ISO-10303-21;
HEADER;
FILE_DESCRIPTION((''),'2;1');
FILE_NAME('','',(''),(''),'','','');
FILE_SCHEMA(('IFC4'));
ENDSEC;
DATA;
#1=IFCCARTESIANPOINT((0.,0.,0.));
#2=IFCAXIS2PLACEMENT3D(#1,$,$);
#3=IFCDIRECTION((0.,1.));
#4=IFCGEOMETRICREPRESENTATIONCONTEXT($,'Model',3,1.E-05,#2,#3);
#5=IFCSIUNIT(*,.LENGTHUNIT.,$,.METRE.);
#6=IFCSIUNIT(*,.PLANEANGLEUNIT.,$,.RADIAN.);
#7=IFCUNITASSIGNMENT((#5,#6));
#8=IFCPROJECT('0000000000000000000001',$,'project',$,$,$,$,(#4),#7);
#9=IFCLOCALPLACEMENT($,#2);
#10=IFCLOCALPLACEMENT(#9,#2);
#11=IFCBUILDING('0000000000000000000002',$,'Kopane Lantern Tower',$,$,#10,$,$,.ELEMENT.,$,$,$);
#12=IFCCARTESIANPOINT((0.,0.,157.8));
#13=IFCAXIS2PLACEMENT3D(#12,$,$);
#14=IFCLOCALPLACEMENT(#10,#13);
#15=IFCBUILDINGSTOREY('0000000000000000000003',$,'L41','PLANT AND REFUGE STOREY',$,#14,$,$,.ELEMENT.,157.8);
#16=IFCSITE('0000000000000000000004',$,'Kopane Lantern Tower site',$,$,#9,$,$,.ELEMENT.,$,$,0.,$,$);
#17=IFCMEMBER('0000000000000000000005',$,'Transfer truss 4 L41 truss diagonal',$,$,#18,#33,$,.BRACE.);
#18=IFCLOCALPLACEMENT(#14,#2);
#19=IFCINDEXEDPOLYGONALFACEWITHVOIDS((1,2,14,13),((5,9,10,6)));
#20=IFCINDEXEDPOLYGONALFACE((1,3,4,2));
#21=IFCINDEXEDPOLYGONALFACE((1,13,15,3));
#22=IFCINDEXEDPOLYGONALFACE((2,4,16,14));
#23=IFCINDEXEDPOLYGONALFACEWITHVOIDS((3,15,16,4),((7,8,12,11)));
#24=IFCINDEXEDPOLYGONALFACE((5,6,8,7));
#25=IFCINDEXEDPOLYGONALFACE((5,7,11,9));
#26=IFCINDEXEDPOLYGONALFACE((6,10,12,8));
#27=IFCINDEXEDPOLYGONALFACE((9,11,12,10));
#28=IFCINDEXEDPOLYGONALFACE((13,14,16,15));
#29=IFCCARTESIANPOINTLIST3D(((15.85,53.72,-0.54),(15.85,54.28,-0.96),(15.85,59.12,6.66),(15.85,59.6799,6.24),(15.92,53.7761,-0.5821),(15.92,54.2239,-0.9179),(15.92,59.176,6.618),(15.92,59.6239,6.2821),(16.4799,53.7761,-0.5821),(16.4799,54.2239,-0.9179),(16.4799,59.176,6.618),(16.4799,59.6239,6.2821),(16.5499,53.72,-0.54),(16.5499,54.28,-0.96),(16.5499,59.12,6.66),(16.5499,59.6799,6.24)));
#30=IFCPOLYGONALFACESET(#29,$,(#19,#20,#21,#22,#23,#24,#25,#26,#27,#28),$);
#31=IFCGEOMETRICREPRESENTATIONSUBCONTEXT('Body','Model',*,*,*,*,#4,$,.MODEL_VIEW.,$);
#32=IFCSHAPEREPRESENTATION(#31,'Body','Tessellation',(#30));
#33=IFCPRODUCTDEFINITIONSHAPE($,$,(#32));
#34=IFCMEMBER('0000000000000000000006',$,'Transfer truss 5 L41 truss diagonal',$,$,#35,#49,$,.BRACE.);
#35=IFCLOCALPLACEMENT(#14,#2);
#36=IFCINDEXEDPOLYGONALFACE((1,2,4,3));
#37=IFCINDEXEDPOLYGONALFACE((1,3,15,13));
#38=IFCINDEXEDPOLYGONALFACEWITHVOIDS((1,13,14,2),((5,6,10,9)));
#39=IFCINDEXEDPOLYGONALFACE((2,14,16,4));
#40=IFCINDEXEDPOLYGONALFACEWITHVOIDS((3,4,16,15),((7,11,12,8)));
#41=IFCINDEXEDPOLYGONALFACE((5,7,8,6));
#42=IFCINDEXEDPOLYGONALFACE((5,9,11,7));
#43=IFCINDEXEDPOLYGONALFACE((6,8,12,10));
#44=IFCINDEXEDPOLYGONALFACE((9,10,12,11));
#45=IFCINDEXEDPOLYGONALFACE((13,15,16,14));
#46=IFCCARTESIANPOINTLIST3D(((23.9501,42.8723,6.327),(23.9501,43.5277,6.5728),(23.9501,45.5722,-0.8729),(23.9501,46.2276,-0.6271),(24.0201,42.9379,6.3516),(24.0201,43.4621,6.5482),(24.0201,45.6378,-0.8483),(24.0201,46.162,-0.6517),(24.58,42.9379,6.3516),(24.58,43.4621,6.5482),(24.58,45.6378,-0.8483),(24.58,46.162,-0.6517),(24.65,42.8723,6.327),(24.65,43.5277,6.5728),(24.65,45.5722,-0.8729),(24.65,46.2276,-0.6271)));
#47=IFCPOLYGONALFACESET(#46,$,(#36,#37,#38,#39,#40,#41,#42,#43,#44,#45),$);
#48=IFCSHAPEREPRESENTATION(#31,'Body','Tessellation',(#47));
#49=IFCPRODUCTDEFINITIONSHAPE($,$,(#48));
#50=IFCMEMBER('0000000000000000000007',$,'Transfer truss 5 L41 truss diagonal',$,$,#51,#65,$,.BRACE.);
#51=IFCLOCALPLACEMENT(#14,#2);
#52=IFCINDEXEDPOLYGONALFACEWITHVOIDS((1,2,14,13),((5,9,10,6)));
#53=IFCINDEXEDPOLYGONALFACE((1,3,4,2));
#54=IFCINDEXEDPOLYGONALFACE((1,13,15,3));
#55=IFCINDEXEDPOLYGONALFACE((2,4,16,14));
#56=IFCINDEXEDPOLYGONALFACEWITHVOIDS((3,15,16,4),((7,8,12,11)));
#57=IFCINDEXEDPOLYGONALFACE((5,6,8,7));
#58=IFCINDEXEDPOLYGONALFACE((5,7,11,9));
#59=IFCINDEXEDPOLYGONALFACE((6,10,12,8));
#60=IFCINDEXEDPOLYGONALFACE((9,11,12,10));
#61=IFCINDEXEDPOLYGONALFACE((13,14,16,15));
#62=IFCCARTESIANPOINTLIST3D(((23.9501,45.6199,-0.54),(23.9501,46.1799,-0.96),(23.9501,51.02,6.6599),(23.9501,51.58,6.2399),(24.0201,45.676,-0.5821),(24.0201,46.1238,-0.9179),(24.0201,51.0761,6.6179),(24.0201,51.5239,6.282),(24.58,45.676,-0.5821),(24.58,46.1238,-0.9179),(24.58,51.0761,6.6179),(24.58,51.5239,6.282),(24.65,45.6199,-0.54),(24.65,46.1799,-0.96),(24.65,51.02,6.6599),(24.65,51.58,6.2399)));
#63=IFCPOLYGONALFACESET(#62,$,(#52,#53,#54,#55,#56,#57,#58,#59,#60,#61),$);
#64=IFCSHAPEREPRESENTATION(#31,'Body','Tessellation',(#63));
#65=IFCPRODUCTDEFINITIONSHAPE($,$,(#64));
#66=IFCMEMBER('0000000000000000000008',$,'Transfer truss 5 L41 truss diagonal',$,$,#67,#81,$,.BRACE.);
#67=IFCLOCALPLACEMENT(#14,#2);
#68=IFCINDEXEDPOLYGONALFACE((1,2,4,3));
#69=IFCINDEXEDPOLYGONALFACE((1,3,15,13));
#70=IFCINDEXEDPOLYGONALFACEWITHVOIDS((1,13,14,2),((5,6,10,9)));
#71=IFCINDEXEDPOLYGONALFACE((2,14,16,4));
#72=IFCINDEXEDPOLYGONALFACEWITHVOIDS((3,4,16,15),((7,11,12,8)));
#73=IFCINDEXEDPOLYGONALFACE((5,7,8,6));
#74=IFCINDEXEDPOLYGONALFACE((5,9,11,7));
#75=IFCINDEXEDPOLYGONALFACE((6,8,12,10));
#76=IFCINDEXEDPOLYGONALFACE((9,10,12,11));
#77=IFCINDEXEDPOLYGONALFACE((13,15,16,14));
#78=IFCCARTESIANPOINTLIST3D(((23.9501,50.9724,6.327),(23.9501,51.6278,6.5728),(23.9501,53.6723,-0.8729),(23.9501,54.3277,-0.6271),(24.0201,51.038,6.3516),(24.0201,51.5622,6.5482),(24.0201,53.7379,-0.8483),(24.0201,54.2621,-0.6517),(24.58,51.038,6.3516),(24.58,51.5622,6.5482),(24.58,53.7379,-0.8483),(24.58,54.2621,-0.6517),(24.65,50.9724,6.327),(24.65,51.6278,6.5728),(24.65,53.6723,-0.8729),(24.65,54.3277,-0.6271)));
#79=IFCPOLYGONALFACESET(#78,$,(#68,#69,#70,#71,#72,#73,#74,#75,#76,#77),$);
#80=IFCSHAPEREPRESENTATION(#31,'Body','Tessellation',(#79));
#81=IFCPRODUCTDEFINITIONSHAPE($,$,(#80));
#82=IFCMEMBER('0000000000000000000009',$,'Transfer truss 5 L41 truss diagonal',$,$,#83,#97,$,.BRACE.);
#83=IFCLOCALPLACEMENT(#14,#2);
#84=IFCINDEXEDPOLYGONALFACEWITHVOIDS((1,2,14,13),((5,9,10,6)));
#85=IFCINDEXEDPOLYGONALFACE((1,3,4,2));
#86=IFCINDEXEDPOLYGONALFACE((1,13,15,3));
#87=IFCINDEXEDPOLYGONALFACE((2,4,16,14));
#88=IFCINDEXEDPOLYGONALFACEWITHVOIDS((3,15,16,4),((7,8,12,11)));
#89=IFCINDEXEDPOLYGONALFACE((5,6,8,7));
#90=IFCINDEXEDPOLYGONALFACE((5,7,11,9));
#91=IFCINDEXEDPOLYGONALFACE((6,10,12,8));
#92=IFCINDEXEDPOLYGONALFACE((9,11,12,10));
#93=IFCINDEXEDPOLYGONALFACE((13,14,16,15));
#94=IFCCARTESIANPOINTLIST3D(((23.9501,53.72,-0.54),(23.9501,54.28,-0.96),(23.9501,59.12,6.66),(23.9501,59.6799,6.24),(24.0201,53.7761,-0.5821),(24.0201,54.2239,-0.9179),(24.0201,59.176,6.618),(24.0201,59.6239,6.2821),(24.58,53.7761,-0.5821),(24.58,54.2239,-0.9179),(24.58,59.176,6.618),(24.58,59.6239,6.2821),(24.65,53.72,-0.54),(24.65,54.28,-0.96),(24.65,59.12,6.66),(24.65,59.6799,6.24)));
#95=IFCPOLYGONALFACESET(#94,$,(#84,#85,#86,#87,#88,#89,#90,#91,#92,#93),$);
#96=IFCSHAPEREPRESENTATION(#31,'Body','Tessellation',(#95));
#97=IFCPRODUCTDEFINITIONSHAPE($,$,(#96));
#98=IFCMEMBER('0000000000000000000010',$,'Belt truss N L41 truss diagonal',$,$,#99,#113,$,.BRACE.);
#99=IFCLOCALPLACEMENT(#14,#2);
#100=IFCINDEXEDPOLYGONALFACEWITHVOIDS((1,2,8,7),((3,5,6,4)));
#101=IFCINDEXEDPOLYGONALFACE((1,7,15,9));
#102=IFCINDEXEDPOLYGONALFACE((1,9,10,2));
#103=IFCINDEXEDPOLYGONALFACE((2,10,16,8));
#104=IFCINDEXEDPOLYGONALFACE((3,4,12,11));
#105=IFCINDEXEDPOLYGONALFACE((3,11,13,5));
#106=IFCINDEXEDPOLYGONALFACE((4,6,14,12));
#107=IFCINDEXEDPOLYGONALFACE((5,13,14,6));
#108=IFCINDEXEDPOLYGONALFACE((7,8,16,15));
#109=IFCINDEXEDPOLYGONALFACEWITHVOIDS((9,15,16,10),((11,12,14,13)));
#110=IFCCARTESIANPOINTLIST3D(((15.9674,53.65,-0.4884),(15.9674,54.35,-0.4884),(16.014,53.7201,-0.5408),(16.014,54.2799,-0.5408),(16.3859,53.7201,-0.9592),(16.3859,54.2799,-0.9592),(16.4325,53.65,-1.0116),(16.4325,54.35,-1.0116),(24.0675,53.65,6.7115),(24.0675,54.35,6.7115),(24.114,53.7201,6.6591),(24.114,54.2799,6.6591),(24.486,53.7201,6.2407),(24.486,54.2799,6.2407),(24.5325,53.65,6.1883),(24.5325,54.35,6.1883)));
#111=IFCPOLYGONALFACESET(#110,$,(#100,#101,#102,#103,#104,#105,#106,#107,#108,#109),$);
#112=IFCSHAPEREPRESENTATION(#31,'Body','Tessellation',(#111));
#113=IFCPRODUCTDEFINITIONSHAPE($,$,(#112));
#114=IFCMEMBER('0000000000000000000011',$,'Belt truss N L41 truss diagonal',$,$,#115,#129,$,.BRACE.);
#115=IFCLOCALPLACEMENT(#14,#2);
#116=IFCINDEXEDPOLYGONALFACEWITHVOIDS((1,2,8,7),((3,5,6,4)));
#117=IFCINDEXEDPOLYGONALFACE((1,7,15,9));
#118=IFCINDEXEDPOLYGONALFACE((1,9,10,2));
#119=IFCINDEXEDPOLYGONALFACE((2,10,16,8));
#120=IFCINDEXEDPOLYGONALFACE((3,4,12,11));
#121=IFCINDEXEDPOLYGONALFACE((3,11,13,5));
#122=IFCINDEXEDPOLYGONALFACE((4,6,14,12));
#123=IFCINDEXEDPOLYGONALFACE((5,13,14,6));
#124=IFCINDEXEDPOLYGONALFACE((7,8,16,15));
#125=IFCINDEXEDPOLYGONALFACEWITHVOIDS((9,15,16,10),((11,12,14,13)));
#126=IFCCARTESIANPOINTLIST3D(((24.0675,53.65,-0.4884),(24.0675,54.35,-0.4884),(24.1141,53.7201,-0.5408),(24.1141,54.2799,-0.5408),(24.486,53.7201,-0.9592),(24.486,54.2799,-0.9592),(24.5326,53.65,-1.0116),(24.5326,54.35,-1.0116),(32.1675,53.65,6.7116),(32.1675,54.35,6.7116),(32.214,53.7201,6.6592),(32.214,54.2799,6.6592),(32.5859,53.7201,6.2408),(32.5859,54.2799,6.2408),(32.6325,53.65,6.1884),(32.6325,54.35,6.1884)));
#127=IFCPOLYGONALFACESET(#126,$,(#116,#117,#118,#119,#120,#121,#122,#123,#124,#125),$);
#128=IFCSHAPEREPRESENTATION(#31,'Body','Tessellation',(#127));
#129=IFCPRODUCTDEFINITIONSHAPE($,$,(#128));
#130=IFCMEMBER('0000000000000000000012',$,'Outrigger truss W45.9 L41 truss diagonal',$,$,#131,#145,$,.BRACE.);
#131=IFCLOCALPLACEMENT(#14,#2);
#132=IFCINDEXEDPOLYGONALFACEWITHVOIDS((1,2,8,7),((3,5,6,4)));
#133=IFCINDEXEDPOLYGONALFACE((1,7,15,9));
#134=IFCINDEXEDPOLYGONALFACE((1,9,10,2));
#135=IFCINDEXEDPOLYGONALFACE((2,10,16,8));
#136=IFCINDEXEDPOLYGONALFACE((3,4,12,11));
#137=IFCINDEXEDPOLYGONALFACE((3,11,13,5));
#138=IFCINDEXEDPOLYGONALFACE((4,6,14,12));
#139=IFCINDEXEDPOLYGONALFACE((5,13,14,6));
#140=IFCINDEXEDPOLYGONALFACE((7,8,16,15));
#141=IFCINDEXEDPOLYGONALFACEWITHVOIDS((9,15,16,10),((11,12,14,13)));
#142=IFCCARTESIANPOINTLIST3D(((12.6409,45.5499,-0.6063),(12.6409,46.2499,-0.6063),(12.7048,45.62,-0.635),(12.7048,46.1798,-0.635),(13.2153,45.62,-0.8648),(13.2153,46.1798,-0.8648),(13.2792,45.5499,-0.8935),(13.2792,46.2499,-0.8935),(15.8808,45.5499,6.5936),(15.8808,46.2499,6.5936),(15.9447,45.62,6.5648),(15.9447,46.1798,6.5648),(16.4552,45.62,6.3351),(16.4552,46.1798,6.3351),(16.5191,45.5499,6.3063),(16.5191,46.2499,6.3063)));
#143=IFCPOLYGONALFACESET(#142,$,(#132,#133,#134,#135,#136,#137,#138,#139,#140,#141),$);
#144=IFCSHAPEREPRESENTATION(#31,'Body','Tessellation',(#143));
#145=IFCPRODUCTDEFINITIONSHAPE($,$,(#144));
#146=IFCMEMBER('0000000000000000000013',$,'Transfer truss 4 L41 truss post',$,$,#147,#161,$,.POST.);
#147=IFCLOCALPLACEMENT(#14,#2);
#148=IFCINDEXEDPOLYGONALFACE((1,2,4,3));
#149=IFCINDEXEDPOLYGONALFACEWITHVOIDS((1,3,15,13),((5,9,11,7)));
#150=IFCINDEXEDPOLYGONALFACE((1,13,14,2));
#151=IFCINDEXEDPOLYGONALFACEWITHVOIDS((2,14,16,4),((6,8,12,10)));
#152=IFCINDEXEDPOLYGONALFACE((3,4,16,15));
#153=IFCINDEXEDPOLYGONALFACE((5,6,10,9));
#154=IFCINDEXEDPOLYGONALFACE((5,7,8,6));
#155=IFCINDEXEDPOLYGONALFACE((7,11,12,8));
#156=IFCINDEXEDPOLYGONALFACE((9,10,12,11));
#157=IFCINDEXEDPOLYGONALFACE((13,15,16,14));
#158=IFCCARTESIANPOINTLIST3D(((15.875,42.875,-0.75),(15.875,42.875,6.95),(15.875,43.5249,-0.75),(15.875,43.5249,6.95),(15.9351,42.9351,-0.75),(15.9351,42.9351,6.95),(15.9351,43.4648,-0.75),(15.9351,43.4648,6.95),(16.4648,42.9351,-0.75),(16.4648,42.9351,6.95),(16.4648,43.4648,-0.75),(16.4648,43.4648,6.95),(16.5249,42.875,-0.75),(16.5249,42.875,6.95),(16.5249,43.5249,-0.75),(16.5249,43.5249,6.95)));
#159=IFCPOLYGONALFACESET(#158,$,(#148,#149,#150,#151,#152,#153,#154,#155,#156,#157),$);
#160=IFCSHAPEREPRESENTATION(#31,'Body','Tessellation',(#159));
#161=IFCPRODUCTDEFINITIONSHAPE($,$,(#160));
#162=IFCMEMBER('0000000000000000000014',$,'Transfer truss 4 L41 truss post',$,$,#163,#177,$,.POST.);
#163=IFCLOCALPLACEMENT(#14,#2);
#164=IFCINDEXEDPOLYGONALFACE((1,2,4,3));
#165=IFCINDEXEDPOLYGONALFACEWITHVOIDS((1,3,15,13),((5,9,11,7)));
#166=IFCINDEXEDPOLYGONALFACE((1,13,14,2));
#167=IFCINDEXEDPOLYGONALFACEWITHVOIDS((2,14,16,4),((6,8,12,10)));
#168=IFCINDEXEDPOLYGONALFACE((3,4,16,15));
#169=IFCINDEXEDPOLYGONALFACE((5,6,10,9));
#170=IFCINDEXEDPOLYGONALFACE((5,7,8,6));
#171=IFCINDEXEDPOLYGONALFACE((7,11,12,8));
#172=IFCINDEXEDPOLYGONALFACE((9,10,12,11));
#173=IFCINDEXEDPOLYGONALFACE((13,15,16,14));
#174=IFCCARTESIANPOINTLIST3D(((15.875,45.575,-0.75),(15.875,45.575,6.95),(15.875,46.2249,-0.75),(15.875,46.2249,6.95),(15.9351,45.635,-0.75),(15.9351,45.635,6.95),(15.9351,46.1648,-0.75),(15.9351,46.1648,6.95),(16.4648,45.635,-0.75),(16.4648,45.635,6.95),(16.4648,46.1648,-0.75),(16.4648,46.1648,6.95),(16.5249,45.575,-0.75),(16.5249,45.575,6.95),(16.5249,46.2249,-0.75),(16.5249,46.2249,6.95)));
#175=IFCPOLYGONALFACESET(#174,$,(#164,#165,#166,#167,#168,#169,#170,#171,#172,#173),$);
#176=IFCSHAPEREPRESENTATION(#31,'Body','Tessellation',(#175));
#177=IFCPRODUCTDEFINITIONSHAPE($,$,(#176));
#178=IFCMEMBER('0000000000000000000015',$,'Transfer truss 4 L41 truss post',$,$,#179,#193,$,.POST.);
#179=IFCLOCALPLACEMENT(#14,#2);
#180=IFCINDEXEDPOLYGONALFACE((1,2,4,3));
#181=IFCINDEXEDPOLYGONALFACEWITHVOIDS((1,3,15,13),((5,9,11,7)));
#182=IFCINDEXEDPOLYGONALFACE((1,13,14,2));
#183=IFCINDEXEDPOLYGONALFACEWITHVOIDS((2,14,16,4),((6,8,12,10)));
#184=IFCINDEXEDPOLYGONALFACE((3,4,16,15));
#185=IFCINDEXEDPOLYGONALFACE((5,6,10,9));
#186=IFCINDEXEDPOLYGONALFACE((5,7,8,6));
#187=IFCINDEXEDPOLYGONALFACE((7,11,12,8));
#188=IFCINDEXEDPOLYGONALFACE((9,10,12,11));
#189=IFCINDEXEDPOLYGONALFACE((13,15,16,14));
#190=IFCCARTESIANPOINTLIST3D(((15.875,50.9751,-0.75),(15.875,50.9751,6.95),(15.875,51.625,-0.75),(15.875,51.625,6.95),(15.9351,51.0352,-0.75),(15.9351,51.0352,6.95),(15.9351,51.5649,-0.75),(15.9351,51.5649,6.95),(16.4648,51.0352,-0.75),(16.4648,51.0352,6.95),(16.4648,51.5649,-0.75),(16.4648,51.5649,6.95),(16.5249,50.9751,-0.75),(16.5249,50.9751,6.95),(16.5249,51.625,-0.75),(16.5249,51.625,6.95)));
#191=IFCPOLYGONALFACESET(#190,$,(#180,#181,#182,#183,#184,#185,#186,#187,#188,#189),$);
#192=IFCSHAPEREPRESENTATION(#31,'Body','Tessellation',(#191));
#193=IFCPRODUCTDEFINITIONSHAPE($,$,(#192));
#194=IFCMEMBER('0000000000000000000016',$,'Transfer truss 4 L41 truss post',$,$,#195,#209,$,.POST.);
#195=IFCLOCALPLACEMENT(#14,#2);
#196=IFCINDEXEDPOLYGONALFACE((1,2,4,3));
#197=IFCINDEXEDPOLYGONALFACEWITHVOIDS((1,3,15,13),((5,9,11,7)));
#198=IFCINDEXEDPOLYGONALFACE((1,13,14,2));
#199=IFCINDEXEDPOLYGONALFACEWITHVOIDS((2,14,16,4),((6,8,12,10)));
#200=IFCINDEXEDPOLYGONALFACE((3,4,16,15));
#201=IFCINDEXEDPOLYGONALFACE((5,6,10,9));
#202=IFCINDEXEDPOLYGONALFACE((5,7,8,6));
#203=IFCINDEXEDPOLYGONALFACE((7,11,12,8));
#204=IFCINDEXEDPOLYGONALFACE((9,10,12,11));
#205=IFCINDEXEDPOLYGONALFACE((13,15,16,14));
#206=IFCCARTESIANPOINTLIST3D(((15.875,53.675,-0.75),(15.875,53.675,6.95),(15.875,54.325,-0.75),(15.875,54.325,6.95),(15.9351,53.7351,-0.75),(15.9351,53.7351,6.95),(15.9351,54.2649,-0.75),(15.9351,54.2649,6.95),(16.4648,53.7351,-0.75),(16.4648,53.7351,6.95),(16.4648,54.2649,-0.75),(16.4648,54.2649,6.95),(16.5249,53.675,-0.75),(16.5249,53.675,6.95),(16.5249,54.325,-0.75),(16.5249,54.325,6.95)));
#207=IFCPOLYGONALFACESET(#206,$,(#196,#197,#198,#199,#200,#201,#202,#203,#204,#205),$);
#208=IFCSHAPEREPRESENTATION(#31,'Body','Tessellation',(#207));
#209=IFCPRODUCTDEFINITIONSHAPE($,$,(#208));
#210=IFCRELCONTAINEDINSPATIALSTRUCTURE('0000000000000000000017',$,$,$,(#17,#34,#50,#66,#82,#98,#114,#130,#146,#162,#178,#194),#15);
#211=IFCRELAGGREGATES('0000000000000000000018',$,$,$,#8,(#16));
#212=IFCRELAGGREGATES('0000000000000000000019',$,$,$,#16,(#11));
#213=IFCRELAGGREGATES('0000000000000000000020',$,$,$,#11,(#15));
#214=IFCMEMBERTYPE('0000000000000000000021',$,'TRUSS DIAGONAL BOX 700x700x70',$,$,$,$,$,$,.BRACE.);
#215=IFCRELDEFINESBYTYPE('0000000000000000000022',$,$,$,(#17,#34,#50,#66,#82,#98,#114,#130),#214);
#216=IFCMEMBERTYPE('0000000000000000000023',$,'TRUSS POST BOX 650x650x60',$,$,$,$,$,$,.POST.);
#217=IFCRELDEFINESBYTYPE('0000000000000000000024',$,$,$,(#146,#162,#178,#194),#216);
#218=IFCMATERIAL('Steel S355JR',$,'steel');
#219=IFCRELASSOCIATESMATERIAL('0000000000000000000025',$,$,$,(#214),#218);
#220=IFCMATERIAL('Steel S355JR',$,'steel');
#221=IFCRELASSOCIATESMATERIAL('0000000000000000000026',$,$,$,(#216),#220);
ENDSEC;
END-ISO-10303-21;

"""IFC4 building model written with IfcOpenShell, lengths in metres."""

from ifc_helpers import new_model, si_unit, direction, frame, origin, origin_2d, place, context, subcontext, project, spatial, hollow_rectangle, extrude, material, material_profile, profile_set, type_object, element, save


model = new_model("IFC4")

# Units and contexts
model_context = context("Model", 3, precision=1e-05, world=origin(), true_north=direction((0.0, 1.0)))
body_context = subcontext(model_context, "Body", "Model", "MODEL_VIEW")
ifc_project = project(units=[si_unit("LENGTHUNIT", "METRE"), si_unit("PLANEANGLEUNIT", "RADIAN")], contexts=[model_context])

# Site, building, storey
site_placement = place(None, origin())
site = spatial("IfcSite", under=ifc_project, at=site_placement, Name="Kopane Lantern Tower site", CompositionType="ELEMENT", RefElevation=0.0)
building_placement = place(site_placement, origin())
building = spatial("IfcBuilding", under=site, at=building_placement, Name="Kopane Lantern Tower", CompositionType="ELEMENT")
storey_placement = place(building_placement, frame((0.0, 0.0, 157.8)))
storey = spatial("IfcBuildingStorey", under=building, at=storey_placement, Name="L41", Description="PLANT AND REFUGE STOREY", CompositionType="ELEMENT", Elevation=157.8)

# Members
ifc_material_1 = material(Name="Steel S355JR", Category="steel")
ifc_material_profile_1 = material_profile(ifc_material_1, hollow_rectangle(XDim=0.7, YDim=0.7, WallThickness=0.0701, at=origin_2d()), Name="BOX 700x700x70")
ifc_profile_set_1 = profile_set([ifc_material_profile_1], Name="Steel S355JR")
member_type_1 = type_object("IfcMemberType", Name="TRUSS DIAGONAL BOX 700x700x70", PredefinedType="BRACE", material=ifc_profile_set_1)
member_1_placement = place(storey_placement, frame((16.2, 54.0, -0.75), z_axis=(0.0, 0.599996, 0.800003), x_axis=(-1.0, 0.0, 0.0)))
element("IfcMember", 1, at=member_1_placement, inside=storey, type_object=member_type_1, Name="Transfer truss 4 L41 truss diagonal", PredefinedType="BRACE", context=body_context, shape_type="SweptSolid", body=[
    extrude(hollow_rectangle(XDim=0.7, YDim=0.7, WallThickness=0.0701, at=origin_2d()), origin(), (0.0, 0.0, 1.0), 9.0),
])
member_2_placement = place(storey_placement, frame((24.3, 45.8999, -0.75), z_axis=(0.0, -0.35112, 0.93633), x_axis=(1.0, 0.0, 0.0)))
element("IfcMember", 2, at=member_2_placement, inside=storey, type_object=member_type_1, Name="Transfer truss 5 L41 truss diagonal", PredefinedType="BRACE", context=body_context, shape_type="SweptSolid", body=[
    extrude(hollow_rectangle(XDim=0.7, YDim=0.7, WallThickness=0.0701, at=origin_2d()), origin(), (0.0, 0.0, 1.0), 7.6895),
])
member_3_placement = place(storey_placement, frame((24.3, 45.8999, -0.75), z_axis=(0.0, 0.600013, 0.79999), x_axis=(-1.0, 0.0, 0.0)))
element("IfcMember", 3, at=member_3_placement, inside=storey, type_object=member_type_1, Name="Transfer truss 5 L41 truss diagonal", PredefinedType="BRACE", context=body_context, shape_type="SweptSolid", body=[
    extrude(hollow_rectangle(XDim=0.7, YDim=0.7, WallThickness=0.0701, at=origin_2d()), origin(), (0.0, 0.0, 1.0), 9.0),
])
member_4_placement = place(storey_placement, frame((24.3, 54.0, -0.75), z_axis=(0.0, -0.35112, 0.93633), x_axis=(1.0, 0.0, 0.0)))
element("IfcMember", 4, at=member_4_placement, inside=storey, type_object=member_type_1, Name="Transfer truss 5 L41 truss diagonal", PredefinedType="BRACE", context=body_context, shape_type="SweptSolid", body=[
    extrude(hollow_rectangle(XDim=0.7, YDim=0.7, WallThickness=0.0701, at=origin_2d()), origin(), (0.0, 0.0, 1.0), 7.6895),
])
member_5_placement = place(storey_placement, frame((24.3, 54.0, -0.75), z_axis=(0.0, 0.599996, 0.800003), x_axis=(-1.0, 0.0, 0.0)))
element("IfcMember", 5, at=member_5_placement, inside=storey, type_object=member_type_1, Name="Transfer truss 5 L41 truss diagonal", PredefinedType="BRACE", context=body_context, shape_type="SweptSolid", body=[
    extrude(hollow_rectangle(XDim=0.7, YDim=0.7, WallThickness=0.0701, at=origin_2d()), origin(), (0.0, 0.0, 1.0), 9.0),
])
for number, where, z_axis, x_axis, name in (
    (6, (16.2, 54.0, -0.75), (0.747416, 0.0, 0.664357), (0.0, 1.0, 0.0), "Belt truss N L41 truss diagonal"),
    (7, (24.3, 54.0, -0.75), (0.747406, 0.0, 0.664368), (0.0, 1.0, 0.0), "Belt truss N L41 truss diagonal"),
):
    element("IfcMember", number, at=place(storey_placement, frame(where, z_axis=z_axis, x_axis=x_axis)), inside=storey, type_object=member_type_1, Name=name, PredefinedType="BRACE", context=body_context, shape_type="SweptSolid", body=[
        extrude(hollow_rectangle(XDim=0.7, YDim=0.7, WallThickness=0.0701, at=origin_2d()), origin(), (0.0, 0.0, 1.0), 10.8374),
    ])
member_6_placement = place(storey_placement, frame((16.2, 45.8999, 6.45), z_axis=(-0.410366, 0.0, -0.911921), x_axis=(0.0, -1.0, 0.0)))
element("IfcMember", 8, at=member_6_placement, inside=storey, type_object=member_type_1, Name="Outrigger truss W45.9 L41 truss diagonal", PredefinedType="BRACE", context=body_context, shape_type="SweptSolid", body=[
    extrude(hollow_rectangle(XDim=0.7, YDim=0.7, WallThickness=0.0701, at=origin_2d()), origin(), (0.0, 0.0, 1.0), 7.8953),
])
ifc_material_2 = material(Name="Steel S355JR", Category="steel")
ifc_material_profile_2 = material_profile(ifc_material_2, hollow_rectangle(XDim=0.6499, YDim=0.6499, WallThickness=0.0601, at=origin_2d()), Name="BOX 650x650x60")
ifc_profile_set_2 = profile_set([ifc_material_profile_2], Name="Steel S355JR")
member_type_2 = type_object("IfcMemberType", Name="TRUSS POST BOX 650x650x60", PredefinedType="POST", material=ifc_profile_set_2)
for number, where, z_axis, x_axis, name in (
    (9, (16.2, 43.2, -0.75), (0.0, 0.0, 1.0), (1.0, 0.0, 0.0), "Transfer truss 4 L41 truss post"),
    (10, (16.2, 45.8999, -0.75), (0.0, 0.0, 1.0), (1.0, 0.0, 0.0), "Transfer truss 4 L41 truss post"),
    (11, (16.2, 51.3, -0.75), (0.0, 0.0, 1.0), (1.0, 0.0, 0.0), "Transfer truss 4 L41 truss post"),
    (12, (16.2, 54.0, -0.75), (0.0, 0.0, 1.0), (1.0, 0.0, 0.0), "Transfer truss 4 L41 truss post"),
):
    element("IfcMember", number, at=place(storey_placement, frame(where, z_axis=z_axis, x_axis=x_axis)), inside=storey, type_object=member_type_2, Name=name, PredefinedType="POST", context=body_context, shape_type="SweptSolid", body=[
        extrude(hollow_rectangle(XDim=0.6499, YDim=0.6499, WallThickness=0.0601, at=origin_2d()), origin(), (0.0, 0.0, 1.0), 7.7),
    ])

save(model, "model.ifc")
